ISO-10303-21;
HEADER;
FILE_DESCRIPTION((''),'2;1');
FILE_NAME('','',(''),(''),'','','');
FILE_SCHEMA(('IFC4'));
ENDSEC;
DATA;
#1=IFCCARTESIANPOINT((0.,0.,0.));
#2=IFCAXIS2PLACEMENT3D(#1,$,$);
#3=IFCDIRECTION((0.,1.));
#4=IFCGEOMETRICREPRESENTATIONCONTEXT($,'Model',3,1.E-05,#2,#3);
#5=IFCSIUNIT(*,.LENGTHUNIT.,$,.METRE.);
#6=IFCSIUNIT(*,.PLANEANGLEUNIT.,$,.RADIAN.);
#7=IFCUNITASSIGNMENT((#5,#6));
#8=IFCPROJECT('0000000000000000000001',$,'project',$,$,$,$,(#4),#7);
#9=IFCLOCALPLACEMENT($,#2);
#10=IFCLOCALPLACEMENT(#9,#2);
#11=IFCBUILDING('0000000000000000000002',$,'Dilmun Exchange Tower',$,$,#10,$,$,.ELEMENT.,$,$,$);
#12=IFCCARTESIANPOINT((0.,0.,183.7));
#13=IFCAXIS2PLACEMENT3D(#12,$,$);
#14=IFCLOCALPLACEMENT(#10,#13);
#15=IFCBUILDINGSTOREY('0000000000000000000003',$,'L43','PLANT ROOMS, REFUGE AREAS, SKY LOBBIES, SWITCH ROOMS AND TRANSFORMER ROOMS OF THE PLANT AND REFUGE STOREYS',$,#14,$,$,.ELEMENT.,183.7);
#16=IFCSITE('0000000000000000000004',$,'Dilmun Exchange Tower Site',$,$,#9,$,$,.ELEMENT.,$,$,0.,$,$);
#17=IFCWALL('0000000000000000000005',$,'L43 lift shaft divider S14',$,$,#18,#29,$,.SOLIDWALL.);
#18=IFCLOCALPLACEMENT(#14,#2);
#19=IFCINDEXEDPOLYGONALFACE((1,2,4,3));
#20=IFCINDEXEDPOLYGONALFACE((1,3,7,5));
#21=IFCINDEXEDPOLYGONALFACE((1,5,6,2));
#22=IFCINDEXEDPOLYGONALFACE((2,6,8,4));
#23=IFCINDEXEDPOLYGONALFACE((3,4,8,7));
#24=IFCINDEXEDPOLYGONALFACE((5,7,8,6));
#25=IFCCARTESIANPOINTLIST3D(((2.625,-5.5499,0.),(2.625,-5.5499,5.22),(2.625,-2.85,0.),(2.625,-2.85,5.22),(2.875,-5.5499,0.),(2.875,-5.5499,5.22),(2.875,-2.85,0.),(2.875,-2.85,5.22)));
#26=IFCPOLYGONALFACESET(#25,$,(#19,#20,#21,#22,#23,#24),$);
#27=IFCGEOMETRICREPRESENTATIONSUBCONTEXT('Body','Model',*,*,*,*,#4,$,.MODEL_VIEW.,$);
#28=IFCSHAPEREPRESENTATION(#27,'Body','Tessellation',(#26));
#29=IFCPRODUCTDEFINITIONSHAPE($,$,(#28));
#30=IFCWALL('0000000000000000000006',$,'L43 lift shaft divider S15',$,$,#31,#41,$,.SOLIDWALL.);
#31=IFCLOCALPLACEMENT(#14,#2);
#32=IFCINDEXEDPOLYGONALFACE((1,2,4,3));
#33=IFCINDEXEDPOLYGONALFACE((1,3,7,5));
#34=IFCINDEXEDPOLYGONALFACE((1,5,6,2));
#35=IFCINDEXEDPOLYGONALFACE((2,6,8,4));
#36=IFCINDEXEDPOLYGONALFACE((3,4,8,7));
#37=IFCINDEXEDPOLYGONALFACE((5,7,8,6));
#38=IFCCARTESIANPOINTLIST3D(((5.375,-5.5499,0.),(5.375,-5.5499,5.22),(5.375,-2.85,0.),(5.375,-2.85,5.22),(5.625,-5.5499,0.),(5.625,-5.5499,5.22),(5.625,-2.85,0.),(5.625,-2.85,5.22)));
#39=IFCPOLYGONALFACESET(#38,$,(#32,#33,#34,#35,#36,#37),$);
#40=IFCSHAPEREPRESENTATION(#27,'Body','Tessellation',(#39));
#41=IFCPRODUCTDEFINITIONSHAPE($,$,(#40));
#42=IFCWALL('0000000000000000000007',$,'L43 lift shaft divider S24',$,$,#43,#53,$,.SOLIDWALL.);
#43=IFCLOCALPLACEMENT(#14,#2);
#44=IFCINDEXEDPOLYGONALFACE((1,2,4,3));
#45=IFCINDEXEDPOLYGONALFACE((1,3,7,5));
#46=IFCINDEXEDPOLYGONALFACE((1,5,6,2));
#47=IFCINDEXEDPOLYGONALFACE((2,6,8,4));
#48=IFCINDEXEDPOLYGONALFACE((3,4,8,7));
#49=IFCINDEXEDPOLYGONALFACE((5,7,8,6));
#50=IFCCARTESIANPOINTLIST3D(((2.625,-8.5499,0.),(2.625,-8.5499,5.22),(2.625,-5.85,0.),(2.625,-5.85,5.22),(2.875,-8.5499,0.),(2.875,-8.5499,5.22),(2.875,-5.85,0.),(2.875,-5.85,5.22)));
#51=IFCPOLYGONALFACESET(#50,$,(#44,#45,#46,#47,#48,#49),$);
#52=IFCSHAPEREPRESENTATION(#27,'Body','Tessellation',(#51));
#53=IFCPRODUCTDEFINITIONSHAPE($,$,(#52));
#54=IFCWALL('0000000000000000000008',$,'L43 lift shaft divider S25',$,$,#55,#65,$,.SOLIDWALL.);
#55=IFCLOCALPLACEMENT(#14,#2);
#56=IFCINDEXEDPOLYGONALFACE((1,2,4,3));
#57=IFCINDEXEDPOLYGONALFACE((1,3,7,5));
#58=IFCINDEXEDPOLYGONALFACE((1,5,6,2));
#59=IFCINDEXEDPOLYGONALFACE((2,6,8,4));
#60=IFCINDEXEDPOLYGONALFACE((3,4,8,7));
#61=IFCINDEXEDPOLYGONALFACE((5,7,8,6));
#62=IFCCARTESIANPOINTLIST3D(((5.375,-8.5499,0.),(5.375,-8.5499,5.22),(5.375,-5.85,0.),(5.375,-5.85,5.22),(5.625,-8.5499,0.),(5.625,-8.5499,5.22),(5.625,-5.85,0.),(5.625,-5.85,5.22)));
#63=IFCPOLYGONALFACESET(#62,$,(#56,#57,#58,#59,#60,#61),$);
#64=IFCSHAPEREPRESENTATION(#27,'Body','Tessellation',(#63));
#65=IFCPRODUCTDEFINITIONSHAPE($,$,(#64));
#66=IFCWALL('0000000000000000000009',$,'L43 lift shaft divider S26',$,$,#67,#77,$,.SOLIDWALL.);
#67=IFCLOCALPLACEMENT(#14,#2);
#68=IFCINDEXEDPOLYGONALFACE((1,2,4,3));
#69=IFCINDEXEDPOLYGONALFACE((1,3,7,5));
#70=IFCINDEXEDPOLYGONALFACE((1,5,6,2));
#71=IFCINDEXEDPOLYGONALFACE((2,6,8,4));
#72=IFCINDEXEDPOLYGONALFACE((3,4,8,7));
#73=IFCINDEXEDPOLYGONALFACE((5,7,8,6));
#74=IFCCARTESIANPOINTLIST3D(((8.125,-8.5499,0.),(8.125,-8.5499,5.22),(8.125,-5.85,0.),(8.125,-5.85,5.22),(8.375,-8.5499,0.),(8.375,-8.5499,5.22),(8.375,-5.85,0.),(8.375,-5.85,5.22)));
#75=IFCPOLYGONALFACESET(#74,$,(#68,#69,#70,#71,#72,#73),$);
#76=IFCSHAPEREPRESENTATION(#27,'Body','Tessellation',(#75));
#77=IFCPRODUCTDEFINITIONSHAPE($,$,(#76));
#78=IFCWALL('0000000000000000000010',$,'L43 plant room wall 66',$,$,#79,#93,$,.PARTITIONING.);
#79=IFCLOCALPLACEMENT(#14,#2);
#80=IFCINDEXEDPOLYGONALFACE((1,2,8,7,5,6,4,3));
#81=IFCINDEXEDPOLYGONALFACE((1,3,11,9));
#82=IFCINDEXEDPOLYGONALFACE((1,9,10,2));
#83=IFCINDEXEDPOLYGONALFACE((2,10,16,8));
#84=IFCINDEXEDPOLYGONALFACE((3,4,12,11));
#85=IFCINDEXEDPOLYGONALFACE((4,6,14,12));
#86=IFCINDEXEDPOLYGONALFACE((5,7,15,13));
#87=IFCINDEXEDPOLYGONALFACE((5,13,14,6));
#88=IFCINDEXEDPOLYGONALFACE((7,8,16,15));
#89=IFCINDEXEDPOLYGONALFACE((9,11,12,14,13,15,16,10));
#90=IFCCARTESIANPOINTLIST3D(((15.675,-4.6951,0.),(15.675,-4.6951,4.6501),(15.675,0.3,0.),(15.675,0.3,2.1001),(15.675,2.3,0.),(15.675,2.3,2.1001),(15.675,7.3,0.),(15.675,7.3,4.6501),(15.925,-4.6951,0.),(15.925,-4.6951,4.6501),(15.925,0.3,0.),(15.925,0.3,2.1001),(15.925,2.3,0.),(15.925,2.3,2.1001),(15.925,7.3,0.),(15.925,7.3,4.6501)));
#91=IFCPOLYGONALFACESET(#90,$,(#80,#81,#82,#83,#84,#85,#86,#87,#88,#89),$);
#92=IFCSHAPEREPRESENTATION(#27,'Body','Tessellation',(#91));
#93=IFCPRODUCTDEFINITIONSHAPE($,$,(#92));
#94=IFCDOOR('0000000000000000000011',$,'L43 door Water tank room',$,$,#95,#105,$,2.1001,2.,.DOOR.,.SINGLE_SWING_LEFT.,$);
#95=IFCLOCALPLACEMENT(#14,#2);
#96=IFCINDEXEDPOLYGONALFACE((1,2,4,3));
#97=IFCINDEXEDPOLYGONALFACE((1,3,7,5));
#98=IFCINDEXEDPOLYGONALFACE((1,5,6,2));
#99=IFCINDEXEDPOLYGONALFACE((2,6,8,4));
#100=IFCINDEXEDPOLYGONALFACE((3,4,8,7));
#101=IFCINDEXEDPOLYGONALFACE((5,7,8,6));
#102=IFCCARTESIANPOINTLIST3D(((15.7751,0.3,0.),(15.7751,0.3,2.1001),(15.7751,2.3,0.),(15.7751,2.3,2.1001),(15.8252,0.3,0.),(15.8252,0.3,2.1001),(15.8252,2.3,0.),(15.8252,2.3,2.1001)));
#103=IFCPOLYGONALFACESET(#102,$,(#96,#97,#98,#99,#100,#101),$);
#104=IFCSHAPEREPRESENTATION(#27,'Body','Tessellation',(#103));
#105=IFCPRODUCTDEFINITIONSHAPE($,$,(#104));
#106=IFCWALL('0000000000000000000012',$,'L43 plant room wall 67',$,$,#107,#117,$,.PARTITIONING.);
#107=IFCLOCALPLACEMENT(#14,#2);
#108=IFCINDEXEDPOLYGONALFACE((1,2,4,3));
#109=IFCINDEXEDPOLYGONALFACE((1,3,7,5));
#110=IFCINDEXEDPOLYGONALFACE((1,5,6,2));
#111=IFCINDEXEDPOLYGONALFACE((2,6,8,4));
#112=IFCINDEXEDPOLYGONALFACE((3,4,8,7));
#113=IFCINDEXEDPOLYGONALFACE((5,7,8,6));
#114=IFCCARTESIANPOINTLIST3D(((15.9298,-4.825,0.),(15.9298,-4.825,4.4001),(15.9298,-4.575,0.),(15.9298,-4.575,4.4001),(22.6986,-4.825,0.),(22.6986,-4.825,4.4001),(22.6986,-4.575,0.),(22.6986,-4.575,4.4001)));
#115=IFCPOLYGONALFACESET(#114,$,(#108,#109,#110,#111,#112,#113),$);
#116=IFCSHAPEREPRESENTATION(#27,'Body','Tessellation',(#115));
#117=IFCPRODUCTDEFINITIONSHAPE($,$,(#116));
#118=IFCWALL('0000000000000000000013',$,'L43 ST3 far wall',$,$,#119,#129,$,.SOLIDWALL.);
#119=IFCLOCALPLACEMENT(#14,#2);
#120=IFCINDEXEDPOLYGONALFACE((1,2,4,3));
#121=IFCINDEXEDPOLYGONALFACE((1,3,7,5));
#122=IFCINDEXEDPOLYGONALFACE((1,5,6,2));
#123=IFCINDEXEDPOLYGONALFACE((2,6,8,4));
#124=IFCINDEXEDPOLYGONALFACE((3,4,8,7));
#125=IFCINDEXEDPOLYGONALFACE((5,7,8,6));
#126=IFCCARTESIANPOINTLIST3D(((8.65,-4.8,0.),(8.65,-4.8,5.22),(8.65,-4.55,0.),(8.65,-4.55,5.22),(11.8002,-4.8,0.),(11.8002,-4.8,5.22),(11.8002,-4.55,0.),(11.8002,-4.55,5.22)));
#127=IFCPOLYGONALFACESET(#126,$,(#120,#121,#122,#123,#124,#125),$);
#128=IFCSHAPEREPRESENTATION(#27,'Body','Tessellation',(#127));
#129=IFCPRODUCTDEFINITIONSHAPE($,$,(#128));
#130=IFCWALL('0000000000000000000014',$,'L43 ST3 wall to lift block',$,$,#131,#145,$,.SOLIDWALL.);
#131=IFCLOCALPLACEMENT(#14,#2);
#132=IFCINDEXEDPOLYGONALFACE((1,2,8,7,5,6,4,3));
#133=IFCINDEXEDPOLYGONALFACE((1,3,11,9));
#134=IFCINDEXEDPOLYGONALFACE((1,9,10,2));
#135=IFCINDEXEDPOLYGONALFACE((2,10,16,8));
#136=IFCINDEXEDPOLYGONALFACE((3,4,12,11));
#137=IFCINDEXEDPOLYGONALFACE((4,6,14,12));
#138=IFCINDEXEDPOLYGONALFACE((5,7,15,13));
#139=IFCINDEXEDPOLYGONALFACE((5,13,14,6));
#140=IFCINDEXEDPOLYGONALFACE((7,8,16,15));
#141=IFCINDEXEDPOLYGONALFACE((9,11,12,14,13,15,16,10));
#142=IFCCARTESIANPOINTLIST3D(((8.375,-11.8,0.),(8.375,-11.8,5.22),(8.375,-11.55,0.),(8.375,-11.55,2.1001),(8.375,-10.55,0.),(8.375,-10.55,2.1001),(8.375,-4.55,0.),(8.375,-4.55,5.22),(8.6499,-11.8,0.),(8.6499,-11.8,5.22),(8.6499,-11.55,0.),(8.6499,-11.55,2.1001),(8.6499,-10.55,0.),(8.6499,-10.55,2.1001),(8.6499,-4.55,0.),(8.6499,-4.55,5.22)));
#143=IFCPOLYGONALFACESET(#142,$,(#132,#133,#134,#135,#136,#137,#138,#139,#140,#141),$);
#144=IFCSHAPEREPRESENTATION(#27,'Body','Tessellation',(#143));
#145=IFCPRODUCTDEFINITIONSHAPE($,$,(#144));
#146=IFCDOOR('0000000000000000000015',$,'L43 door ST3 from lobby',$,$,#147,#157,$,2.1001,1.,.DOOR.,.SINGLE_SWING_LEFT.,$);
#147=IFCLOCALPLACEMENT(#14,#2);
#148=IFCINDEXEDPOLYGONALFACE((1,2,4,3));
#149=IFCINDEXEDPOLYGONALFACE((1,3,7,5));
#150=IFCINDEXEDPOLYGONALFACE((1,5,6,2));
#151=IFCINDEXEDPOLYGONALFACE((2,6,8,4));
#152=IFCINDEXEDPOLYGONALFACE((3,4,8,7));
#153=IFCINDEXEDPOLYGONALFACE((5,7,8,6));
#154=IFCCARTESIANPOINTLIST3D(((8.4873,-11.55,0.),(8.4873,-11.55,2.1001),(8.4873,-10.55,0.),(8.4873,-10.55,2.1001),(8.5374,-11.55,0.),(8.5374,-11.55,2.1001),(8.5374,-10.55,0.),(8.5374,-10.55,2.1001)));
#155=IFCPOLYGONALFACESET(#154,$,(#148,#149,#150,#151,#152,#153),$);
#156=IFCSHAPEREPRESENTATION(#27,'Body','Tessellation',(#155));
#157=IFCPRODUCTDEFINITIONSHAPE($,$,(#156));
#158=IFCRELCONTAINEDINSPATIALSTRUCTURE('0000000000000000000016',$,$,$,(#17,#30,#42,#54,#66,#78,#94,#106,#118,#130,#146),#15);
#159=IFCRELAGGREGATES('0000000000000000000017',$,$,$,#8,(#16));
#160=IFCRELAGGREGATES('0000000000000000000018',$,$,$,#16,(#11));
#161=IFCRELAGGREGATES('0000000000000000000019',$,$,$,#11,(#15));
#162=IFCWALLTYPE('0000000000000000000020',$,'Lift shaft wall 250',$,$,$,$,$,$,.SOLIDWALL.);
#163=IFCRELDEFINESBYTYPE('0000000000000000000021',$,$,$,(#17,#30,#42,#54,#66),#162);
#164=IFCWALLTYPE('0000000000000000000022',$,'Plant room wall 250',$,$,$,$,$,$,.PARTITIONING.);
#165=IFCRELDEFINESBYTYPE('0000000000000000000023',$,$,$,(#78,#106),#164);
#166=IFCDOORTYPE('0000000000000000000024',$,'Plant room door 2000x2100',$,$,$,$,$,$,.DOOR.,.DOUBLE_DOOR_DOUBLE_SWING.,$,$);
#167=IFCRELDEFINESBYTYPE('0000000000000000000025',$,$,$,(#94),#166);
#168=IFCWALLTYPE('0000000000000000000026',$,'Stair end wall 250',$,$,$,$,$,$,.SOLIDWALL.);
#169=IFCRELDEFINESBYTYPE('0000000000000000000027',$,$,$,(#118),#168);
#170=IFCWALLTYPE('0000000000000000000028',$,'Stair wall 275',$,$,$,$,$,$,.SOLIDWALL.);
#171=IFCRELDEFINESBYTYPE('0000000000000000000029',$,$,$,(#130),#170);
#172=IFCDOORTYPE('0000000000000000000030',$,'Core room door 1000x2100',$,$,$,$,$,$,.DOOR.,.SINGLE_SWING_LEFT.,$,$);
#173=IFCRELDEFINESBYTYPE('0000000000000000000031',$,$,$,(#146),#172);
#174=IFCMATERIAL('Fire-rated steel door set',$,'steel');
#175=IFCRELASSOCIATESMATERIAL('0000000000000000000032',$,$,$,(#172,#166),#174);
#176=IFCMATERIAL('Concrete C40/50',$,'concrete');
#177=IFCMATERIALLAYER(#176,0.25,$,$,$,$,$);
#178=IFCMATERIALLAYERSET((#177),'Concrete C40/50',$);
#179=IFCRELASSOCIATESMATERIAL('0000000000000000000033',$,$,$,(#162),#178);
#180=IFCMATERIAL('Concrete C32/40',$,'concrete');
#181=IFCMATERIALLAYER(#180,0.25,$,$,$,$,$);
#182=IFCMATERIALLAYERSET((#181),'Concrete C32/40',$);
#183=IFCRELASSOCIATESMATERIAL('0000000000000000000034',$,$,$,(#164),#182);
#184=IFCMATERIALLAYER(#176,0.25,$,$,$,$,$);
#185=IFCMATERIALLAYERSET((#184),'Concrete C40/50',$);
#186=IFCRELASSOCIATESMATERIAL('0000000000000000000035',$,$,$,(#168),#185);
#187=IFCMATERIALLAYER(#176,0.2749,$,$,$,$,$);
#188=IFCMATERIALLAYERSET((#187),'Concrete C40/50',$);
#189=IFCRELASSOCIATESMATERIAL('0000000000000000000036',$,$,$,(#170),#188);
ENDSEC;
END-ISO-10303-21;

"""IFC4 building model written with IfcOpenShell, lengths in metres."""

from ifc_helpers import new_model, si_unit, direction, frame, frame_2d, origin, place, context, subcontext, project, spatial, rectangle, extrude, material, layer, layer_set, type_object, element, fill, save


model = new_model("IFC4")

# Units and contexts
model_context = context("Model", 3, precision=1e-05, world=origin(), true_north=direction((0.0, 1.0)))
body_context = subcontext(model_context, "Body", "Model", "MODEL_VIEW")
ifc_project = project(units=[si_unit("LENGTHUNIT", "METRE"), si_unit("PLANEANGLEUNIT", "RADIAN")], contexts=[model_context])

# Site, building, storey
site_placement = place(None, origin())
site = spatial("IfcSite", under=ifc_project, at=site_placement, Name="Dilmun Exchange Tower Site", CompositionType="ELEMENT", RefElevation=0.0)
building_placement = place(site_placement, origin())
building = spatial("IfcBuilding", under=site, at=building_placement, Name="Dilmun Exchange Tower", CompositionType="ELEMENT")
storey_placement = place(building_placement, frame((0.0, 0.0, 183.7)))
storey = spatial("IfcBuildingStorey", under=building, at=storey_placement, Name="L43", Description="PLANT ROOMS, REFUGE AREAS, SKY LOBBIES, SWITCH ROOMS AND TRANSFORMER ROOMS OF THE PLANT AND REFUGE STOREYS", CompositionType="ELEMENT", Elevation=183.7)

# Shared definitions
ifc_material_1 = material(Name="Concrete C40/50", Category="concrete")

# Shared definitions
ifc_material_2 = material(Name="Fire-rated steel door set", Category="steel")
door_type_1 = type_object("IfcDoorType", Name="Core room door 1000x2100", OperationType="SINGLE_SWING_LEFT", PredefinedType="DOOR", material=ifc_material_2)

# Walls
ifc_layer_1 = layer(ifc_material_1, 0.25)
ifc_layer_set_1 = layer_set([ifc_layer_1], Name="Concrete C40/50")
wall_type_1 = type_object("IfcWallType", Name="Lift shaft wall 250", PredefinedType="SOLIDWALL", material=ifc_layer_set_1)
for number, where, z_axis, x_axis, name in (
    (1, (2.75, -5.55, 0.0), (0.0, 0.0, 1.0), (0.0, 1.0, 0.0), "L43 lift shaft divider S14"),
    (2, (5.5, -5.55, 0.0), (0.0, 0.0, 1.0), (0.0, 1.0, 0.0), "L43 lift shaft divider S15"),
    (3, (2.75, -8.55, 0.0), (0.0, 0.0, 1.0), (0.0, 1.0, 0.0), "L43 lift shaft divider S24"),
    (4, (5.5, -8.55, 0.0), (0.0, 0.0, 1.0), (0.0, 1.0, 0.0), "L43 lift shaft divider S25"),
    (5, (8.25, -8.55, 0.0), (0.0, 0.0, 1.0), (0.0, 1.0, 0.0), "L43 lift shaft divider S26"),
):
    element("IfcWall", number, at=place(storey_placement, frame(where, z_axis=z_axis, x_axis=x_axis)), inside=storey, type_object=wall_type_1, Name=name, PredefinedType="SOLIDWALL", context=body_context, shape_type="SweptSolid", body=[
        extrude(rectangle(XDim=2.7, YDim=0.25, at=frame_2d((1.3501, 0.0))), origin(), (0.0, 0.0, 1.0), 5.22),
    ])

# Wall, opening, door
ifc_material_3 = material(Name="Concrete C32/40", Category="concrete")
ifc_layer_2 = layer(ifc_material_3, 0.25)
ifc_layer_set_2 = layer_set([ifc_layer_2], Name="Concrete C32/40")
wall_type_2 = type_object("IfcWallType", Name="Plant room wall 250", PredefinedType="PARTITIONING", material=ifc_layer_set_2)
wall_1_placement = place(storey_placement, frame((15.8, -4.6951, 0.0), z_axis=(0.0, 0.0, 1.0), x_axis=(0.0, 1.0, 0.0)))
wall_1 = element("IfcWall", 6, at=wall_1_placement, inside=storey, type_object=wall_type_2, Name="L43 plant room wall 66", PredefinedType="PARTITIONING", context=body_context, shape_type="SweptSolid", body=[
    extrude(rectangle(XDim=11.9951, YDim=0.25, at=frame_2d((5.9976, 0.0))), origin(), (0.0, 0.0, 1.0), 4.6501),
])
opening_1_placement = place(wall_1_placement, frame((4.9951, 0.0, 0.0)))
opening_1 = element("IfcOpeningElement", 7, at=opening_1_placement, cuts=wall_1, PredefinedType="OPENING", context=body_context, shape_type="SweptSolid", body=[
    extrude(rectangle(XDim=2.0, YDim=2.1001, at=frame_2d((1.0, 1.05))), frame((0.0, 0.135, 0.0), z_axis=(0.0, -1.0, 0.0), x_axis=(1.0, 0.0, 0.0)), (0.0, 0.0, 1.0), 0.27),
])
door_type_2 = type_object("IfcDoorType", Name="Plant room door 2000x2100", OperationType="DOUBLE_DOOR_DOUBLE_SWING", PredefinedType="DOOR", material=ifc_material_2)
door_1_placement = place(opening_1_placement, origin())
door_1 = element("IfcDoor", 8, at=door_1_placement, inside=storey, type_object=door_type_2, Name="L43 door Water tank room", OperationType="SINGLE_SWING_LEFT", OverallHeight=2.1001, OverallWidth=2.0, PredefinedType="DOOR", context=body_context, shape_type="SweptSolid", body=[
    extrude(rectangle(XDim=2.0, YDim=2.1001, at=frame_2d((1.0, 1.05))), frame((0.0, 0.0249, 0.0), z_axis=(0.0, -1.0, 0.0), x_axis=(1.0, 0.0, 0.0)), (0.0, 0.0, 1.0), 0.05),
])
fill(opening_1, door_1)

# Walls
wall_2_placement = place(storey_placement, frame((15.9299, -4.7, 0.0), z_axis=(0.0, 0.0, 1.0), x_axis=(1.0, 0.0, 0.0)))
element("IfcWall", 9, at=wall_2_placement, inside=storey, type_object=wall_type_2, Name="L43 plant room wall 67", PredefinedType="PARTITIONING", context=body_context, shape_type="SweptSolid", body=[
    extrude(rectangle(XDim=6.7688, YDim=0.25, at=frame_2d((3.3843, 0.0))), origin(), (0.0, 0.0, 1.0), 4.4001),
])
ifc_layer_3 = layer(ifc_material_1, 0.25)
ifc_layer_set_3 = layer_set([ifc_layer_3], Name="Concrete C40/50")
wall_type_3 = type_object("IfcWallType", Name="Stair end wall 250", PredefinedType="SOLIDWALL", material=ifc_layer_set_3)
wall_3_placement = place(storey_placement, frame((8.6499, -4.675, 0.0), z_axis=(0.0, 0.0, 1.0), x_axis=(1.0, 0.0, 0.0)))
element("IfcWall", 10, at=wall_3_placement, inside=storey, type_object=wall_type_3, Name="L43 ST3 far wall", PredefinedType="SOLIDWALL", context=body_context, shape_type="SweptSolid", body=[
    extrude(rectangle(XDim=3.1501, YDim=0.25, at=frame_2d((1.5752, 0.0))), origin(), (0.0, 0.0, 1.0), 5.22),
])

# Wall, opening, door
ifc_layer_4 = layer(ifc_material_1, 0.2749)
ifc_layer_set_4 = layer_set([ifc_layer_4], Name="Concrete C40/50")
wall_type_4 = type_object("IfcWallType", Name="Stair wall 275", PredefinedType="SOLIDWALL", material=ifc_layer_set_4)
wall_4_placement = place(storey_placement, frame((8.5125, -4.55, 0.0), z_axis=(0.0, 0.0, 1.0), x_axis=(0.0, -1.0, 0.0)))
wall_4 = element("IfcWall", 11, at=wall_4_placement, inside=storey, type_object=wall_type_4, Name="L43 ST3 wall to lift block", PredefinedType="SOLIDWALL", context=body_context, shape_type="SweptSolid", body=[
    extrude(rectangle(XDim=7.25, YDim=0.2749, at=frame_2d((3.625, 0.0))), origin(), (0.0, 0.0, 1.0), 5.22),
])
opening_2_placement = place(wall_4_placement, frame((6.0, 0.0, 0.0)))
opening_2 = element("IfcOpeningElement", 12, at=opening_2_placement, cuts=wall_4, PredefinedType="OPENING", context=body_context, shape_type="SweptSolid", body=[
    extrude(rectangle(XDim=1.0, YDim=2.1001, at=frame_2d((0.5, 1.05))), frame((0.0, 0.1475, 0.0), z_axis=(0.0, -1.0, 0.0), x_axis=(1.0, 0.0, 0.0)), (0.0, 0.0, 1.0), 0.2949),
])
door_2_placement = place(opening_2_placement, origin())
door_2 = element("IfcDoor", 13, at=door_2_placement, inside=storey, type_object=door_type_1, Name="L43 door ST3 from lobby", OperationType="SINGLE_SWING_LEFT", OverallHeight=2.1001, OverallWidth=1.0, PredefinedType="DOOR", context=body_context, shape_type="SweptSolid", body=[
    extrude(rectangle(XDim=1.0, YDim=2.1001, at=frame_2d((0.5, 1.05))), frame((0.0, 0.0249, 0.0), z_axis=(0.0, -1.0, 0.0), x_axis=(1.0, 0.0, 0.0)), (0.0, 0.0, 1.0), 0.05),
])
fill(opening_2, door_2)

save(model, "model.ifc")
